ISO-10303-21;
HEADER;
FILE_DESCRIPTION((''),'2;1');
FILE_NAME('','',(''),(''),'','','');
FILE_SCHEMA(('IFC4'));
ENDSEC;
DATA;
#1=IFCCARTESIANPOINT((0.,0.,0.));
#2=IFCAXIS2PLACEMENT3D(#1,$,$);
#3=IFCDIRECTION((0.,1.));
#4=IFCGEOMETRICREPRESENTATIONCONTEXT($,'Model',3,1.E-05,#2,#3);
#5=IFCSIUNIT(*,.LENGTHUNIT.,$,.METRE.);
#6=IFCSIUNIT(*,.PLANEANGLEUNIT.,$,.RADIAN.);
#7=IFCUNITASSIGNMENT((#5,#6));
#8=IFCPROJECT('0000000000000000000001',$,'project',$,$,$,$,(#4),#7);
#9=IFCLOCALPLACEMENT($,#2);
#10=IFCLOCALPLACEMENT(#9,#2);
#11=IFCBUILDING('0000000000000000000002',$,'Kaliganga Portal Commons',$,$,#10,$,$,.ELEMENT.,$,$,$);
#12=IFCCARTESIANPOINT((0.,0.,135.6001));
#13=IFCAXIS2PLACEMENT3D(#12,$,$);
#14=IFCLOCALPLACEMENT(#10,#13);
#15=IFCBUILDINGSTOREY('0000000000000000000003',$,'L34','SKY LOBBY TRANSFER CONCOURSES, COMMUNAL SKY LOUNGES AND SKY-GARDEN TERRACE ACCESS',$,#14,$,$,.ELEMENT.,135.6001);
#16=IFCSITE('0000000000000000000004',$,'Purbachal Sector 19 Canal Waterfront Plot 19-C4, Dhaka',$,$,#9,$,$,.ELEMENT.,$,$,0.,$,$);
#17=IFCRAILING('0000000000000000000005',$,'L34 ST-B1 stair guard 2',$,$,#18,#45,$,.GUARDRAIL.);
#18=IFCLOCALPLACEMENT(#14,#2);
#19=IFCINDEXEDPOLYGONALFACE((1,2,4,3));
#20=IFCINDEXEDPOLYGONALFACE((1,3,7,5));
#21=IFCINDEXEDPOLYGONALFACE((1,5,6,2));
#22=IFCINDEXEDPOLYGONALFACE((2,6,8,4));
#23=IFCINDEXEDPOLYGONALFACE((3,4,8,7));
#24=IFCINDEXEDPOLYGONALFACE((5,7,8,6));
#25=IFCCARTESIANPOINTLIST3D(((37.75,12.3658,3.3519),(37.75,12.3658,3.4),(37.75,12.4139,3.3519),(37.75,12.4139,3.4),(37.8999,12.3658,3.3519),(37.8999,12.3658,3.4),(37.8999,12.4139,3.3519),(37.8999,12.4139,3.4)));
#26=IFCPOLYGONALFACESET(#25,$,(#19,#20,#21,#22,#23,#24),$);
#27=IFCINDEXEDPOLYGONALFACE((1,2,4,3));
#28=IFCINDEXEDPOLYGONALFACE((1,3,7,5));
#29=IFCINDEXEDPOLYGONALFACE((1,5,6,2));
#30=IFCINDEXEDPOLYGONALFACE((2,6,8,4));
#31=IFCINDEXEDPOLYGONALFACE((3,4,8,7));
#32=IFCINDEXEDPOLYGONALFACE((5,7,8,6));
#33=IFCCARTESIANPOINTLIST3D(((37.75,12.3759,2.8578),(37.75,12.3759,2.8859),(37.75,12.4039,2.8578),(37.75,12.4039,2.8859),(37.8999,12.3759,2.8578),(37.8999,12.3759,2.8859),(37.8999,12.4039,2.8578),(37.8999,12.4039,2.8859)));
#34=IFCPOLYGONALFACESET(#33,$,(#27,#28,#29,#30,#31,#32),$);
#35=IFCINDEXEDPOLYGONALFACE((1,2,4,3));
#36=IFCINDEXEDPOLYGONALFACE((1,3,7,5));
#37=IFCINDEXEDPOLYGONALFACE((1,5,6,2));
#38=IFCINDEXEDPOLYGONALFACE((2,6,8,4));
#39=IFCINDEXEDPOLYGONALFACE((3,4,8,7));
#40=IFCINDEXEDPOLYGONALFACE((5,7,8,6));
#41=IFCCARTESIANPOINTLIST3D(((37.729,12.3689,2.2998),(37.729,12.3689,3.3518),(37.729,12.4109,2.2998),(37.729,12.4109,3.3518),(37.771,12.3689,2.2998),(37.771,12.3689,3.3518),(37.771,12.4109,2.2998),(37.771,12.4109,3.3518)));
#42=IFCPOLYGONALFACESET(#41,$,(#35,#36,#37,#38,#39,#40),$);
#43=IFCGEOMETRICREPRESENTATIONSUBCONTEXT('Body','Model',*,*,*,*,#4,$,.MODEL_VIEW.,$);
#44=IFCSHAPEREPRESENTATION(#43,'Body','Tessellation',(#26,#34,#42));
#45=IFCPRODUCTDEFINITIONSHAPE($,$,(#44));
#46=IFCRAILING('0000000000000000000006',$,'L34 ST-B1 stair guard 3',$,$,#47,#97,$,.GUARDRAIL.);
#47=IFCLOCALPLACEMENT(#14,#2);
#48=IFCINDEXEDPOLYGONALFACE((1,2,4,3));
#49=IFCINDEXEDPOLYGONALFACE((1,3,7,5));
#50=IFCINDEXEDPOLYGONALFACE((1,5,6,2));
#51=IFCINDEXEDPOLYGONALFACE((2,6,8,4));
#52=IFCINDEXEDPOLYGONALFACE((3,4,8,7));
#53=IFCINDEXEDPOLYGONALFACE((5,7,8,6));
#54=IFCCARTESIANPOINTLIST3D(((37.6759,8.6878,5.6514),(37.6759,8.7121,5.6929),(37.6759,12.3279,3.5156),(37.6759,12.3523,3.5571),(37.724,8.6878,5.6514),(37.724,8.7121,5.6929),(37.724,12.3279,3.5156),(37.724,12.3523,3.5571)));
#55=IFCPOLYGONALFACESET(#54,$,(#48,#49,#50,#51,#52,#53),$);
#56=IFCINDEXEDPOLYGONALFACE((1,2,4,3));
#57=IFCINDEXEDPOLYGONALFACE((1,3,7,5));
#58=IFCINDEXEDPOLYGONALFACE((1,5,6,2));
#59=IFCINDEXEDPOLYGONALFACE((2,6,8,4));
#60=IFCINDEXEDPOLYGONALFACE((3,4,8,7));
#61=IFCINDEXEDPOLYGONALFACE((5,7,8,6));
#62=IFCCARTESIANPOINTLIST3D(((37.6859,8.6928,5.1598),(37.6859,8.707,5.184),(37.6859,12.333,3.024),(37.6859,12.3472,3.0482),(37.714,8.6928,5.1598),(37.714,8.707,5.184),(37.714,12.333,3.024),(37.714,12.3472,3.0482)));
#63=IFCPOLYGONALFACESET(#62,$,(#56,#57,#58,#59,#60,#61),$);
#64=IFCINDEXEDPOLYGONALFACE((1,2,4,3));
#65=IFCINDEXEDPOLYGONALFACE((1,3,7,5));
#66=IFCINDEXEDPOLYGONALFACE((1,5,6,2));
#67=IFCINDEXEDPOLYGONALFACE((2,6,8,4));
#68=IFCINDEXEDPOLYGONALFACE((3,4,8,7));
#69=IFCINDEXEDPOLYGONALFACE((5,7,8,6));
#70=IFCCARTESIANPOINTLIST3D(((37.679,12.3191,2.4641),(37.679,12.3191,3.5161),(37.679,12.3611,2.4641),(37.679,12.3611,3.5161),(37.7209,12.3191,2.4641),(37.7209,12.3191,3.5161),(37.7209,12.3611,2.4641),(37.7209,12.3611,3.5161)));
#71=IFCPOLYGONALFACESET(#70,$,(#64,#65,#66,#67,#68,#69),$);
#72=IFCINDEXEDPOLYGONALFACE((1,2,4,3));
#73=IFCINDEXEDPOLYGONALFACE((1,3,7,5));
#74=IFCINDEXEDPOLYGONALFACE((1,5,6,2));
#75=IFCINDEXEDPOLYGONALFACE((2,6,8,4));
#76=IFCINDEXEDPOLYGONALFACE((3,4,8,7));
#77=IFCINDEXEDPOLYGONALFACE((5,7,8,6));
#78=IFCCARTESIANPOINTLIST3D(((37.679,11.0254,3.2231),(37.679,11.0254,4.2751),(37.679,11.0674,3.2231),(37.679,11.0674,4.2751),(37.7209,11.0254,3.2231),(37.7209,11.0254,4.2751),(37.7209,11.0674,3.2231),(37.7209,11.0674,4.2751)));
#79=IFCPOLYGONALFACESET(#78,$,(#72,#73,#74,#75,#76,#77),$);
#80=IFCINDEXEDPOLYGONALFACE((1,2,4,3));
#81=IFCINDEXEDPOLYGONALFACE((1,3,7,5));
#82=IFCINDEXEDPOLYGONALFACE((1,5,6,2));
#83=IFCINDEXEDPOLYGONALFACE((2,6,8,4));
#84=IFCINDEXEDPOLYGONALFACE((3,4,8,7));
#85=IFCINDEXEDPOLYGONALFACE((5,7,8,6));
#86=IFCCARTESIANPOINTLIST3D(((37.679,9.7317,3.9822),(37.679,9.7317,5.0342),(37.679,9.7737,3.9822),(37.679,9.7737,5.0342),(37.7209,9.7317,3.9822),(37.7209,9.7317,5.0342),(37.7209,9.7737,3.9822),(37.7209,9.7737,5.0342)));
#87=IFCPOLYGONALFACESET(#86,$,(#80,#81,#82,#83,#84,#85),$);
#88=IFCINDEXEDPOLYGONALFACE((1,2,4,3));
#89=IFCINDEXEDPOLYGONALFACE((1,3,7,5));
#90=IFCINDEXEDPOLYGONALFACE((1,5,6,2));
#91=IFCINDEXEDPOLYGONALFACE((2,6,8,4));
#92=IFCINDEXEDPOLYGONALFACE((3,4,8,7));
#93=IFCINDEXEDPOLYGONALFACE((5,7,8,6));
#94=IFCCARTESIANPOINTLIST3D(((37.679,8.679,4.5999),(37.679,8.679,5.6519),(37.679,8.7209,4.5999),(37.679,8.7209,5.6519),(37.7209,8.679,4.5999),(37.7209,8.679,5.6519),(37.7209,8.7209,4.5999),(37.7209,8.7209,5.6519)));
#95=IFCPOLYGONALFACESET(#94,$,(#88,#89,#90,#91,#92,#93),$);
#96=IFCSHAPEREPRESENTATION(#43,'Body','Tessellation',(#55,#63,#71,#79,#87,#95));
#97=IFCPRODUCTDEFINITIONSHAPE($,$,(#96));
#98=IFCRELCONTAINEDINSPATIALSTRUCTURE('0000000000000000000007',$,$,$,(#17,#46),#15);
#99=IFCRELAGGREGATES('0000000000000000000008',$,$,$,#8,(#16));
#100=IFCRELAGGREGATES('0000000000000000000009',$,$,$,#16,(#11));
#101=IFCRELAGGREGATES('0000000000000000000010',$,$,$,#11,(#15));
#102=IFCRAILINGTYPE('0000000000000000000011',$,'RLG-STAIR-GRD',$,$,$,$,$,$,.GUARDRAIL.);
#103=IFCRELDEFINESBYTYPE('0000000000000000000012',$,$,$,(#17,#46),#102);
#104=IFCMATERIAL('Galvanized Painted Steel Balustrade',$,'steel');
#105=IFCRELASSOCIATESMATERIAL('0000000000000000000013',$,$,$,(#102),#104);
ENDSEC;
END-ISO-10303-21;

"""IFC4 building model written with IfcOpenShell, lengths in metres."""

from ifc_helpers import new_model, si_unit, direction, frame, origin, origin_2d, place, context, subcontext, project, spatial, rectangle, extrude, material, type_object, element, save


model = new_model("IFC4")

# Units and contexts
model_context = context("Model", 3, precision=1e-05, world=origin(), true_north=direction((0.0, 1.0)))
body_context = subcontext(model_context, "Body", "Model", "MODEL_VIEW")
ifc_project = project(units=[si_unit("LENGTHUNIT", "METRE"), si_unit("PLANEANGLEUNIT", "RADIAN")], contexts=[model_context])

# Site, building, storey
site_placement = place(None, origin())
site = spatial("IfcSite", under=ifc_project, at=site_placement, Name="Purbachal Sector 19 Canal Waterfront Plot 19-C4, Dhaka", CompositionType="ELEMENT", RefElevation=0.0)
building_placement = place(site_placement, origin())
building = spatial("IfcBuilding", under=site, at=building_placement, Name="Kaliganga Portal Commons", CompositionType="ELEMENT")
storey_placement = place(building_placement, frame((0.0, 0.0, 135.6001)))
storey = spatial("IfcBuildingStorey", under=building, at=storey_placement, Name="L34", Description="SKY LOBBY TRANSFER CONCOURSES, COMMUNAL SKY LOUNGES AND SKY-GARDEN TERRACE ACCESS", CompositionType="ELEMENT", Elevation=135.6001)

# Railings
ifc_material_1 = material(Name="Galvanized Painted Steel Balustrade", Category="steel")
railing_type = type_object("IfcRailingType", Name="RLG-STAIR-GRD", PredefinedType="GUARDRAIL", material=ifc_material_1)
railing_1_placement = place(storey_placement, frame((37.8999, 12.3899, 2.2998)))
element("IfcRailing", 1, at=railing_1_placement, inside=storey, type_object=railing_type, Name="L34 ST-B1 stair guard 2", PredefinedType="GUARDRAIL", context=body_context, shape_type="SweptSolid", body=[
    extrude(rectangle(XDim=0.0481, YDim=0.0481, at=origin_2d()), frame((0.0, 0.0, 1.0762), z_axis=(-1.0, 0.0, 0.0), x_axis=(0.0, -1.0, 0.0)), (0.0, 0.0, 1.0), 0.1499),
    extrude(rectangle(XDim=0.0281, YDim=0.0281, at=origin_2d()), frame((0.0, 0.0, 0.572), z_axis=(-1.0, 0.0, 0.0), x_axis=(0.0, -1.0, 0.0)), (0.0, 0.0, 1.0), 0.1499),
    extrude(rectangle(XDim=0.042, YDim=0.042, at=origin_2d()), frame((-0.1499, 0.0, 0.0)), (0.0, 0.0, 1.0), 1.052),
])
railing_2_placement = place(storey_placement, frame((37.7, 12.3401, 2.4641)))
element("IfcRailing", 2, at=railing_2_placement, inside=storey, type_object=railing_type, Name="L34 ST-B1 stair guard 3", PredefinedType="GUARDRAIL", context=body_context, shape_type="SweptSolid", body=[
    extrude(rectangle(XDim=0.0481, YDim=0.0481, at=origin_2d()), frame((0.0, 0.0, 1.0723), z_axis=(0.0, -0.862505, 0.506049), x_axis=(1.0, 0.0, 0.0)), (0.0, 0.0, 1.0), 4.2205),
    extrude(rectangle(XDim=0.0281, YDim=0.0281, at=origin_2d()), frame((0.0, 0.0, 0.572), z_axis=(0.0, -0.862505, 0.506049), x_axis=(1.0, 0.0, 0.0)), (0.0, 0.0, 1.0), 4.2205),
    extrude(rectangle(XDim=0.042, YDim=0.042, at=origin_2d()), origin(), (0.0, 0.0, 1.0), 1.052),
    extrude(rectangle(XDim=0.042, YDim=0.042, at=origin_2d()), frame((0.0, -1.2937, 0.759)), (0.0, 0.0, 1.0), 1.052),
    extrude(rectangle(XDim=0.042, YDim=0.042, at=origin_2d()), frame((0.0, -2.5874, 1.5181)), (0.0, 0.0, 1.0), 1.052),
    extrude(rectangle(XDim=0.042, YDim=0.042, at=origin_2d()), frame((0.0, -3.6401, 2.1357)), (0.0, 0.0, 1.0), 1.052),
])

save(model, "model.ifc")
